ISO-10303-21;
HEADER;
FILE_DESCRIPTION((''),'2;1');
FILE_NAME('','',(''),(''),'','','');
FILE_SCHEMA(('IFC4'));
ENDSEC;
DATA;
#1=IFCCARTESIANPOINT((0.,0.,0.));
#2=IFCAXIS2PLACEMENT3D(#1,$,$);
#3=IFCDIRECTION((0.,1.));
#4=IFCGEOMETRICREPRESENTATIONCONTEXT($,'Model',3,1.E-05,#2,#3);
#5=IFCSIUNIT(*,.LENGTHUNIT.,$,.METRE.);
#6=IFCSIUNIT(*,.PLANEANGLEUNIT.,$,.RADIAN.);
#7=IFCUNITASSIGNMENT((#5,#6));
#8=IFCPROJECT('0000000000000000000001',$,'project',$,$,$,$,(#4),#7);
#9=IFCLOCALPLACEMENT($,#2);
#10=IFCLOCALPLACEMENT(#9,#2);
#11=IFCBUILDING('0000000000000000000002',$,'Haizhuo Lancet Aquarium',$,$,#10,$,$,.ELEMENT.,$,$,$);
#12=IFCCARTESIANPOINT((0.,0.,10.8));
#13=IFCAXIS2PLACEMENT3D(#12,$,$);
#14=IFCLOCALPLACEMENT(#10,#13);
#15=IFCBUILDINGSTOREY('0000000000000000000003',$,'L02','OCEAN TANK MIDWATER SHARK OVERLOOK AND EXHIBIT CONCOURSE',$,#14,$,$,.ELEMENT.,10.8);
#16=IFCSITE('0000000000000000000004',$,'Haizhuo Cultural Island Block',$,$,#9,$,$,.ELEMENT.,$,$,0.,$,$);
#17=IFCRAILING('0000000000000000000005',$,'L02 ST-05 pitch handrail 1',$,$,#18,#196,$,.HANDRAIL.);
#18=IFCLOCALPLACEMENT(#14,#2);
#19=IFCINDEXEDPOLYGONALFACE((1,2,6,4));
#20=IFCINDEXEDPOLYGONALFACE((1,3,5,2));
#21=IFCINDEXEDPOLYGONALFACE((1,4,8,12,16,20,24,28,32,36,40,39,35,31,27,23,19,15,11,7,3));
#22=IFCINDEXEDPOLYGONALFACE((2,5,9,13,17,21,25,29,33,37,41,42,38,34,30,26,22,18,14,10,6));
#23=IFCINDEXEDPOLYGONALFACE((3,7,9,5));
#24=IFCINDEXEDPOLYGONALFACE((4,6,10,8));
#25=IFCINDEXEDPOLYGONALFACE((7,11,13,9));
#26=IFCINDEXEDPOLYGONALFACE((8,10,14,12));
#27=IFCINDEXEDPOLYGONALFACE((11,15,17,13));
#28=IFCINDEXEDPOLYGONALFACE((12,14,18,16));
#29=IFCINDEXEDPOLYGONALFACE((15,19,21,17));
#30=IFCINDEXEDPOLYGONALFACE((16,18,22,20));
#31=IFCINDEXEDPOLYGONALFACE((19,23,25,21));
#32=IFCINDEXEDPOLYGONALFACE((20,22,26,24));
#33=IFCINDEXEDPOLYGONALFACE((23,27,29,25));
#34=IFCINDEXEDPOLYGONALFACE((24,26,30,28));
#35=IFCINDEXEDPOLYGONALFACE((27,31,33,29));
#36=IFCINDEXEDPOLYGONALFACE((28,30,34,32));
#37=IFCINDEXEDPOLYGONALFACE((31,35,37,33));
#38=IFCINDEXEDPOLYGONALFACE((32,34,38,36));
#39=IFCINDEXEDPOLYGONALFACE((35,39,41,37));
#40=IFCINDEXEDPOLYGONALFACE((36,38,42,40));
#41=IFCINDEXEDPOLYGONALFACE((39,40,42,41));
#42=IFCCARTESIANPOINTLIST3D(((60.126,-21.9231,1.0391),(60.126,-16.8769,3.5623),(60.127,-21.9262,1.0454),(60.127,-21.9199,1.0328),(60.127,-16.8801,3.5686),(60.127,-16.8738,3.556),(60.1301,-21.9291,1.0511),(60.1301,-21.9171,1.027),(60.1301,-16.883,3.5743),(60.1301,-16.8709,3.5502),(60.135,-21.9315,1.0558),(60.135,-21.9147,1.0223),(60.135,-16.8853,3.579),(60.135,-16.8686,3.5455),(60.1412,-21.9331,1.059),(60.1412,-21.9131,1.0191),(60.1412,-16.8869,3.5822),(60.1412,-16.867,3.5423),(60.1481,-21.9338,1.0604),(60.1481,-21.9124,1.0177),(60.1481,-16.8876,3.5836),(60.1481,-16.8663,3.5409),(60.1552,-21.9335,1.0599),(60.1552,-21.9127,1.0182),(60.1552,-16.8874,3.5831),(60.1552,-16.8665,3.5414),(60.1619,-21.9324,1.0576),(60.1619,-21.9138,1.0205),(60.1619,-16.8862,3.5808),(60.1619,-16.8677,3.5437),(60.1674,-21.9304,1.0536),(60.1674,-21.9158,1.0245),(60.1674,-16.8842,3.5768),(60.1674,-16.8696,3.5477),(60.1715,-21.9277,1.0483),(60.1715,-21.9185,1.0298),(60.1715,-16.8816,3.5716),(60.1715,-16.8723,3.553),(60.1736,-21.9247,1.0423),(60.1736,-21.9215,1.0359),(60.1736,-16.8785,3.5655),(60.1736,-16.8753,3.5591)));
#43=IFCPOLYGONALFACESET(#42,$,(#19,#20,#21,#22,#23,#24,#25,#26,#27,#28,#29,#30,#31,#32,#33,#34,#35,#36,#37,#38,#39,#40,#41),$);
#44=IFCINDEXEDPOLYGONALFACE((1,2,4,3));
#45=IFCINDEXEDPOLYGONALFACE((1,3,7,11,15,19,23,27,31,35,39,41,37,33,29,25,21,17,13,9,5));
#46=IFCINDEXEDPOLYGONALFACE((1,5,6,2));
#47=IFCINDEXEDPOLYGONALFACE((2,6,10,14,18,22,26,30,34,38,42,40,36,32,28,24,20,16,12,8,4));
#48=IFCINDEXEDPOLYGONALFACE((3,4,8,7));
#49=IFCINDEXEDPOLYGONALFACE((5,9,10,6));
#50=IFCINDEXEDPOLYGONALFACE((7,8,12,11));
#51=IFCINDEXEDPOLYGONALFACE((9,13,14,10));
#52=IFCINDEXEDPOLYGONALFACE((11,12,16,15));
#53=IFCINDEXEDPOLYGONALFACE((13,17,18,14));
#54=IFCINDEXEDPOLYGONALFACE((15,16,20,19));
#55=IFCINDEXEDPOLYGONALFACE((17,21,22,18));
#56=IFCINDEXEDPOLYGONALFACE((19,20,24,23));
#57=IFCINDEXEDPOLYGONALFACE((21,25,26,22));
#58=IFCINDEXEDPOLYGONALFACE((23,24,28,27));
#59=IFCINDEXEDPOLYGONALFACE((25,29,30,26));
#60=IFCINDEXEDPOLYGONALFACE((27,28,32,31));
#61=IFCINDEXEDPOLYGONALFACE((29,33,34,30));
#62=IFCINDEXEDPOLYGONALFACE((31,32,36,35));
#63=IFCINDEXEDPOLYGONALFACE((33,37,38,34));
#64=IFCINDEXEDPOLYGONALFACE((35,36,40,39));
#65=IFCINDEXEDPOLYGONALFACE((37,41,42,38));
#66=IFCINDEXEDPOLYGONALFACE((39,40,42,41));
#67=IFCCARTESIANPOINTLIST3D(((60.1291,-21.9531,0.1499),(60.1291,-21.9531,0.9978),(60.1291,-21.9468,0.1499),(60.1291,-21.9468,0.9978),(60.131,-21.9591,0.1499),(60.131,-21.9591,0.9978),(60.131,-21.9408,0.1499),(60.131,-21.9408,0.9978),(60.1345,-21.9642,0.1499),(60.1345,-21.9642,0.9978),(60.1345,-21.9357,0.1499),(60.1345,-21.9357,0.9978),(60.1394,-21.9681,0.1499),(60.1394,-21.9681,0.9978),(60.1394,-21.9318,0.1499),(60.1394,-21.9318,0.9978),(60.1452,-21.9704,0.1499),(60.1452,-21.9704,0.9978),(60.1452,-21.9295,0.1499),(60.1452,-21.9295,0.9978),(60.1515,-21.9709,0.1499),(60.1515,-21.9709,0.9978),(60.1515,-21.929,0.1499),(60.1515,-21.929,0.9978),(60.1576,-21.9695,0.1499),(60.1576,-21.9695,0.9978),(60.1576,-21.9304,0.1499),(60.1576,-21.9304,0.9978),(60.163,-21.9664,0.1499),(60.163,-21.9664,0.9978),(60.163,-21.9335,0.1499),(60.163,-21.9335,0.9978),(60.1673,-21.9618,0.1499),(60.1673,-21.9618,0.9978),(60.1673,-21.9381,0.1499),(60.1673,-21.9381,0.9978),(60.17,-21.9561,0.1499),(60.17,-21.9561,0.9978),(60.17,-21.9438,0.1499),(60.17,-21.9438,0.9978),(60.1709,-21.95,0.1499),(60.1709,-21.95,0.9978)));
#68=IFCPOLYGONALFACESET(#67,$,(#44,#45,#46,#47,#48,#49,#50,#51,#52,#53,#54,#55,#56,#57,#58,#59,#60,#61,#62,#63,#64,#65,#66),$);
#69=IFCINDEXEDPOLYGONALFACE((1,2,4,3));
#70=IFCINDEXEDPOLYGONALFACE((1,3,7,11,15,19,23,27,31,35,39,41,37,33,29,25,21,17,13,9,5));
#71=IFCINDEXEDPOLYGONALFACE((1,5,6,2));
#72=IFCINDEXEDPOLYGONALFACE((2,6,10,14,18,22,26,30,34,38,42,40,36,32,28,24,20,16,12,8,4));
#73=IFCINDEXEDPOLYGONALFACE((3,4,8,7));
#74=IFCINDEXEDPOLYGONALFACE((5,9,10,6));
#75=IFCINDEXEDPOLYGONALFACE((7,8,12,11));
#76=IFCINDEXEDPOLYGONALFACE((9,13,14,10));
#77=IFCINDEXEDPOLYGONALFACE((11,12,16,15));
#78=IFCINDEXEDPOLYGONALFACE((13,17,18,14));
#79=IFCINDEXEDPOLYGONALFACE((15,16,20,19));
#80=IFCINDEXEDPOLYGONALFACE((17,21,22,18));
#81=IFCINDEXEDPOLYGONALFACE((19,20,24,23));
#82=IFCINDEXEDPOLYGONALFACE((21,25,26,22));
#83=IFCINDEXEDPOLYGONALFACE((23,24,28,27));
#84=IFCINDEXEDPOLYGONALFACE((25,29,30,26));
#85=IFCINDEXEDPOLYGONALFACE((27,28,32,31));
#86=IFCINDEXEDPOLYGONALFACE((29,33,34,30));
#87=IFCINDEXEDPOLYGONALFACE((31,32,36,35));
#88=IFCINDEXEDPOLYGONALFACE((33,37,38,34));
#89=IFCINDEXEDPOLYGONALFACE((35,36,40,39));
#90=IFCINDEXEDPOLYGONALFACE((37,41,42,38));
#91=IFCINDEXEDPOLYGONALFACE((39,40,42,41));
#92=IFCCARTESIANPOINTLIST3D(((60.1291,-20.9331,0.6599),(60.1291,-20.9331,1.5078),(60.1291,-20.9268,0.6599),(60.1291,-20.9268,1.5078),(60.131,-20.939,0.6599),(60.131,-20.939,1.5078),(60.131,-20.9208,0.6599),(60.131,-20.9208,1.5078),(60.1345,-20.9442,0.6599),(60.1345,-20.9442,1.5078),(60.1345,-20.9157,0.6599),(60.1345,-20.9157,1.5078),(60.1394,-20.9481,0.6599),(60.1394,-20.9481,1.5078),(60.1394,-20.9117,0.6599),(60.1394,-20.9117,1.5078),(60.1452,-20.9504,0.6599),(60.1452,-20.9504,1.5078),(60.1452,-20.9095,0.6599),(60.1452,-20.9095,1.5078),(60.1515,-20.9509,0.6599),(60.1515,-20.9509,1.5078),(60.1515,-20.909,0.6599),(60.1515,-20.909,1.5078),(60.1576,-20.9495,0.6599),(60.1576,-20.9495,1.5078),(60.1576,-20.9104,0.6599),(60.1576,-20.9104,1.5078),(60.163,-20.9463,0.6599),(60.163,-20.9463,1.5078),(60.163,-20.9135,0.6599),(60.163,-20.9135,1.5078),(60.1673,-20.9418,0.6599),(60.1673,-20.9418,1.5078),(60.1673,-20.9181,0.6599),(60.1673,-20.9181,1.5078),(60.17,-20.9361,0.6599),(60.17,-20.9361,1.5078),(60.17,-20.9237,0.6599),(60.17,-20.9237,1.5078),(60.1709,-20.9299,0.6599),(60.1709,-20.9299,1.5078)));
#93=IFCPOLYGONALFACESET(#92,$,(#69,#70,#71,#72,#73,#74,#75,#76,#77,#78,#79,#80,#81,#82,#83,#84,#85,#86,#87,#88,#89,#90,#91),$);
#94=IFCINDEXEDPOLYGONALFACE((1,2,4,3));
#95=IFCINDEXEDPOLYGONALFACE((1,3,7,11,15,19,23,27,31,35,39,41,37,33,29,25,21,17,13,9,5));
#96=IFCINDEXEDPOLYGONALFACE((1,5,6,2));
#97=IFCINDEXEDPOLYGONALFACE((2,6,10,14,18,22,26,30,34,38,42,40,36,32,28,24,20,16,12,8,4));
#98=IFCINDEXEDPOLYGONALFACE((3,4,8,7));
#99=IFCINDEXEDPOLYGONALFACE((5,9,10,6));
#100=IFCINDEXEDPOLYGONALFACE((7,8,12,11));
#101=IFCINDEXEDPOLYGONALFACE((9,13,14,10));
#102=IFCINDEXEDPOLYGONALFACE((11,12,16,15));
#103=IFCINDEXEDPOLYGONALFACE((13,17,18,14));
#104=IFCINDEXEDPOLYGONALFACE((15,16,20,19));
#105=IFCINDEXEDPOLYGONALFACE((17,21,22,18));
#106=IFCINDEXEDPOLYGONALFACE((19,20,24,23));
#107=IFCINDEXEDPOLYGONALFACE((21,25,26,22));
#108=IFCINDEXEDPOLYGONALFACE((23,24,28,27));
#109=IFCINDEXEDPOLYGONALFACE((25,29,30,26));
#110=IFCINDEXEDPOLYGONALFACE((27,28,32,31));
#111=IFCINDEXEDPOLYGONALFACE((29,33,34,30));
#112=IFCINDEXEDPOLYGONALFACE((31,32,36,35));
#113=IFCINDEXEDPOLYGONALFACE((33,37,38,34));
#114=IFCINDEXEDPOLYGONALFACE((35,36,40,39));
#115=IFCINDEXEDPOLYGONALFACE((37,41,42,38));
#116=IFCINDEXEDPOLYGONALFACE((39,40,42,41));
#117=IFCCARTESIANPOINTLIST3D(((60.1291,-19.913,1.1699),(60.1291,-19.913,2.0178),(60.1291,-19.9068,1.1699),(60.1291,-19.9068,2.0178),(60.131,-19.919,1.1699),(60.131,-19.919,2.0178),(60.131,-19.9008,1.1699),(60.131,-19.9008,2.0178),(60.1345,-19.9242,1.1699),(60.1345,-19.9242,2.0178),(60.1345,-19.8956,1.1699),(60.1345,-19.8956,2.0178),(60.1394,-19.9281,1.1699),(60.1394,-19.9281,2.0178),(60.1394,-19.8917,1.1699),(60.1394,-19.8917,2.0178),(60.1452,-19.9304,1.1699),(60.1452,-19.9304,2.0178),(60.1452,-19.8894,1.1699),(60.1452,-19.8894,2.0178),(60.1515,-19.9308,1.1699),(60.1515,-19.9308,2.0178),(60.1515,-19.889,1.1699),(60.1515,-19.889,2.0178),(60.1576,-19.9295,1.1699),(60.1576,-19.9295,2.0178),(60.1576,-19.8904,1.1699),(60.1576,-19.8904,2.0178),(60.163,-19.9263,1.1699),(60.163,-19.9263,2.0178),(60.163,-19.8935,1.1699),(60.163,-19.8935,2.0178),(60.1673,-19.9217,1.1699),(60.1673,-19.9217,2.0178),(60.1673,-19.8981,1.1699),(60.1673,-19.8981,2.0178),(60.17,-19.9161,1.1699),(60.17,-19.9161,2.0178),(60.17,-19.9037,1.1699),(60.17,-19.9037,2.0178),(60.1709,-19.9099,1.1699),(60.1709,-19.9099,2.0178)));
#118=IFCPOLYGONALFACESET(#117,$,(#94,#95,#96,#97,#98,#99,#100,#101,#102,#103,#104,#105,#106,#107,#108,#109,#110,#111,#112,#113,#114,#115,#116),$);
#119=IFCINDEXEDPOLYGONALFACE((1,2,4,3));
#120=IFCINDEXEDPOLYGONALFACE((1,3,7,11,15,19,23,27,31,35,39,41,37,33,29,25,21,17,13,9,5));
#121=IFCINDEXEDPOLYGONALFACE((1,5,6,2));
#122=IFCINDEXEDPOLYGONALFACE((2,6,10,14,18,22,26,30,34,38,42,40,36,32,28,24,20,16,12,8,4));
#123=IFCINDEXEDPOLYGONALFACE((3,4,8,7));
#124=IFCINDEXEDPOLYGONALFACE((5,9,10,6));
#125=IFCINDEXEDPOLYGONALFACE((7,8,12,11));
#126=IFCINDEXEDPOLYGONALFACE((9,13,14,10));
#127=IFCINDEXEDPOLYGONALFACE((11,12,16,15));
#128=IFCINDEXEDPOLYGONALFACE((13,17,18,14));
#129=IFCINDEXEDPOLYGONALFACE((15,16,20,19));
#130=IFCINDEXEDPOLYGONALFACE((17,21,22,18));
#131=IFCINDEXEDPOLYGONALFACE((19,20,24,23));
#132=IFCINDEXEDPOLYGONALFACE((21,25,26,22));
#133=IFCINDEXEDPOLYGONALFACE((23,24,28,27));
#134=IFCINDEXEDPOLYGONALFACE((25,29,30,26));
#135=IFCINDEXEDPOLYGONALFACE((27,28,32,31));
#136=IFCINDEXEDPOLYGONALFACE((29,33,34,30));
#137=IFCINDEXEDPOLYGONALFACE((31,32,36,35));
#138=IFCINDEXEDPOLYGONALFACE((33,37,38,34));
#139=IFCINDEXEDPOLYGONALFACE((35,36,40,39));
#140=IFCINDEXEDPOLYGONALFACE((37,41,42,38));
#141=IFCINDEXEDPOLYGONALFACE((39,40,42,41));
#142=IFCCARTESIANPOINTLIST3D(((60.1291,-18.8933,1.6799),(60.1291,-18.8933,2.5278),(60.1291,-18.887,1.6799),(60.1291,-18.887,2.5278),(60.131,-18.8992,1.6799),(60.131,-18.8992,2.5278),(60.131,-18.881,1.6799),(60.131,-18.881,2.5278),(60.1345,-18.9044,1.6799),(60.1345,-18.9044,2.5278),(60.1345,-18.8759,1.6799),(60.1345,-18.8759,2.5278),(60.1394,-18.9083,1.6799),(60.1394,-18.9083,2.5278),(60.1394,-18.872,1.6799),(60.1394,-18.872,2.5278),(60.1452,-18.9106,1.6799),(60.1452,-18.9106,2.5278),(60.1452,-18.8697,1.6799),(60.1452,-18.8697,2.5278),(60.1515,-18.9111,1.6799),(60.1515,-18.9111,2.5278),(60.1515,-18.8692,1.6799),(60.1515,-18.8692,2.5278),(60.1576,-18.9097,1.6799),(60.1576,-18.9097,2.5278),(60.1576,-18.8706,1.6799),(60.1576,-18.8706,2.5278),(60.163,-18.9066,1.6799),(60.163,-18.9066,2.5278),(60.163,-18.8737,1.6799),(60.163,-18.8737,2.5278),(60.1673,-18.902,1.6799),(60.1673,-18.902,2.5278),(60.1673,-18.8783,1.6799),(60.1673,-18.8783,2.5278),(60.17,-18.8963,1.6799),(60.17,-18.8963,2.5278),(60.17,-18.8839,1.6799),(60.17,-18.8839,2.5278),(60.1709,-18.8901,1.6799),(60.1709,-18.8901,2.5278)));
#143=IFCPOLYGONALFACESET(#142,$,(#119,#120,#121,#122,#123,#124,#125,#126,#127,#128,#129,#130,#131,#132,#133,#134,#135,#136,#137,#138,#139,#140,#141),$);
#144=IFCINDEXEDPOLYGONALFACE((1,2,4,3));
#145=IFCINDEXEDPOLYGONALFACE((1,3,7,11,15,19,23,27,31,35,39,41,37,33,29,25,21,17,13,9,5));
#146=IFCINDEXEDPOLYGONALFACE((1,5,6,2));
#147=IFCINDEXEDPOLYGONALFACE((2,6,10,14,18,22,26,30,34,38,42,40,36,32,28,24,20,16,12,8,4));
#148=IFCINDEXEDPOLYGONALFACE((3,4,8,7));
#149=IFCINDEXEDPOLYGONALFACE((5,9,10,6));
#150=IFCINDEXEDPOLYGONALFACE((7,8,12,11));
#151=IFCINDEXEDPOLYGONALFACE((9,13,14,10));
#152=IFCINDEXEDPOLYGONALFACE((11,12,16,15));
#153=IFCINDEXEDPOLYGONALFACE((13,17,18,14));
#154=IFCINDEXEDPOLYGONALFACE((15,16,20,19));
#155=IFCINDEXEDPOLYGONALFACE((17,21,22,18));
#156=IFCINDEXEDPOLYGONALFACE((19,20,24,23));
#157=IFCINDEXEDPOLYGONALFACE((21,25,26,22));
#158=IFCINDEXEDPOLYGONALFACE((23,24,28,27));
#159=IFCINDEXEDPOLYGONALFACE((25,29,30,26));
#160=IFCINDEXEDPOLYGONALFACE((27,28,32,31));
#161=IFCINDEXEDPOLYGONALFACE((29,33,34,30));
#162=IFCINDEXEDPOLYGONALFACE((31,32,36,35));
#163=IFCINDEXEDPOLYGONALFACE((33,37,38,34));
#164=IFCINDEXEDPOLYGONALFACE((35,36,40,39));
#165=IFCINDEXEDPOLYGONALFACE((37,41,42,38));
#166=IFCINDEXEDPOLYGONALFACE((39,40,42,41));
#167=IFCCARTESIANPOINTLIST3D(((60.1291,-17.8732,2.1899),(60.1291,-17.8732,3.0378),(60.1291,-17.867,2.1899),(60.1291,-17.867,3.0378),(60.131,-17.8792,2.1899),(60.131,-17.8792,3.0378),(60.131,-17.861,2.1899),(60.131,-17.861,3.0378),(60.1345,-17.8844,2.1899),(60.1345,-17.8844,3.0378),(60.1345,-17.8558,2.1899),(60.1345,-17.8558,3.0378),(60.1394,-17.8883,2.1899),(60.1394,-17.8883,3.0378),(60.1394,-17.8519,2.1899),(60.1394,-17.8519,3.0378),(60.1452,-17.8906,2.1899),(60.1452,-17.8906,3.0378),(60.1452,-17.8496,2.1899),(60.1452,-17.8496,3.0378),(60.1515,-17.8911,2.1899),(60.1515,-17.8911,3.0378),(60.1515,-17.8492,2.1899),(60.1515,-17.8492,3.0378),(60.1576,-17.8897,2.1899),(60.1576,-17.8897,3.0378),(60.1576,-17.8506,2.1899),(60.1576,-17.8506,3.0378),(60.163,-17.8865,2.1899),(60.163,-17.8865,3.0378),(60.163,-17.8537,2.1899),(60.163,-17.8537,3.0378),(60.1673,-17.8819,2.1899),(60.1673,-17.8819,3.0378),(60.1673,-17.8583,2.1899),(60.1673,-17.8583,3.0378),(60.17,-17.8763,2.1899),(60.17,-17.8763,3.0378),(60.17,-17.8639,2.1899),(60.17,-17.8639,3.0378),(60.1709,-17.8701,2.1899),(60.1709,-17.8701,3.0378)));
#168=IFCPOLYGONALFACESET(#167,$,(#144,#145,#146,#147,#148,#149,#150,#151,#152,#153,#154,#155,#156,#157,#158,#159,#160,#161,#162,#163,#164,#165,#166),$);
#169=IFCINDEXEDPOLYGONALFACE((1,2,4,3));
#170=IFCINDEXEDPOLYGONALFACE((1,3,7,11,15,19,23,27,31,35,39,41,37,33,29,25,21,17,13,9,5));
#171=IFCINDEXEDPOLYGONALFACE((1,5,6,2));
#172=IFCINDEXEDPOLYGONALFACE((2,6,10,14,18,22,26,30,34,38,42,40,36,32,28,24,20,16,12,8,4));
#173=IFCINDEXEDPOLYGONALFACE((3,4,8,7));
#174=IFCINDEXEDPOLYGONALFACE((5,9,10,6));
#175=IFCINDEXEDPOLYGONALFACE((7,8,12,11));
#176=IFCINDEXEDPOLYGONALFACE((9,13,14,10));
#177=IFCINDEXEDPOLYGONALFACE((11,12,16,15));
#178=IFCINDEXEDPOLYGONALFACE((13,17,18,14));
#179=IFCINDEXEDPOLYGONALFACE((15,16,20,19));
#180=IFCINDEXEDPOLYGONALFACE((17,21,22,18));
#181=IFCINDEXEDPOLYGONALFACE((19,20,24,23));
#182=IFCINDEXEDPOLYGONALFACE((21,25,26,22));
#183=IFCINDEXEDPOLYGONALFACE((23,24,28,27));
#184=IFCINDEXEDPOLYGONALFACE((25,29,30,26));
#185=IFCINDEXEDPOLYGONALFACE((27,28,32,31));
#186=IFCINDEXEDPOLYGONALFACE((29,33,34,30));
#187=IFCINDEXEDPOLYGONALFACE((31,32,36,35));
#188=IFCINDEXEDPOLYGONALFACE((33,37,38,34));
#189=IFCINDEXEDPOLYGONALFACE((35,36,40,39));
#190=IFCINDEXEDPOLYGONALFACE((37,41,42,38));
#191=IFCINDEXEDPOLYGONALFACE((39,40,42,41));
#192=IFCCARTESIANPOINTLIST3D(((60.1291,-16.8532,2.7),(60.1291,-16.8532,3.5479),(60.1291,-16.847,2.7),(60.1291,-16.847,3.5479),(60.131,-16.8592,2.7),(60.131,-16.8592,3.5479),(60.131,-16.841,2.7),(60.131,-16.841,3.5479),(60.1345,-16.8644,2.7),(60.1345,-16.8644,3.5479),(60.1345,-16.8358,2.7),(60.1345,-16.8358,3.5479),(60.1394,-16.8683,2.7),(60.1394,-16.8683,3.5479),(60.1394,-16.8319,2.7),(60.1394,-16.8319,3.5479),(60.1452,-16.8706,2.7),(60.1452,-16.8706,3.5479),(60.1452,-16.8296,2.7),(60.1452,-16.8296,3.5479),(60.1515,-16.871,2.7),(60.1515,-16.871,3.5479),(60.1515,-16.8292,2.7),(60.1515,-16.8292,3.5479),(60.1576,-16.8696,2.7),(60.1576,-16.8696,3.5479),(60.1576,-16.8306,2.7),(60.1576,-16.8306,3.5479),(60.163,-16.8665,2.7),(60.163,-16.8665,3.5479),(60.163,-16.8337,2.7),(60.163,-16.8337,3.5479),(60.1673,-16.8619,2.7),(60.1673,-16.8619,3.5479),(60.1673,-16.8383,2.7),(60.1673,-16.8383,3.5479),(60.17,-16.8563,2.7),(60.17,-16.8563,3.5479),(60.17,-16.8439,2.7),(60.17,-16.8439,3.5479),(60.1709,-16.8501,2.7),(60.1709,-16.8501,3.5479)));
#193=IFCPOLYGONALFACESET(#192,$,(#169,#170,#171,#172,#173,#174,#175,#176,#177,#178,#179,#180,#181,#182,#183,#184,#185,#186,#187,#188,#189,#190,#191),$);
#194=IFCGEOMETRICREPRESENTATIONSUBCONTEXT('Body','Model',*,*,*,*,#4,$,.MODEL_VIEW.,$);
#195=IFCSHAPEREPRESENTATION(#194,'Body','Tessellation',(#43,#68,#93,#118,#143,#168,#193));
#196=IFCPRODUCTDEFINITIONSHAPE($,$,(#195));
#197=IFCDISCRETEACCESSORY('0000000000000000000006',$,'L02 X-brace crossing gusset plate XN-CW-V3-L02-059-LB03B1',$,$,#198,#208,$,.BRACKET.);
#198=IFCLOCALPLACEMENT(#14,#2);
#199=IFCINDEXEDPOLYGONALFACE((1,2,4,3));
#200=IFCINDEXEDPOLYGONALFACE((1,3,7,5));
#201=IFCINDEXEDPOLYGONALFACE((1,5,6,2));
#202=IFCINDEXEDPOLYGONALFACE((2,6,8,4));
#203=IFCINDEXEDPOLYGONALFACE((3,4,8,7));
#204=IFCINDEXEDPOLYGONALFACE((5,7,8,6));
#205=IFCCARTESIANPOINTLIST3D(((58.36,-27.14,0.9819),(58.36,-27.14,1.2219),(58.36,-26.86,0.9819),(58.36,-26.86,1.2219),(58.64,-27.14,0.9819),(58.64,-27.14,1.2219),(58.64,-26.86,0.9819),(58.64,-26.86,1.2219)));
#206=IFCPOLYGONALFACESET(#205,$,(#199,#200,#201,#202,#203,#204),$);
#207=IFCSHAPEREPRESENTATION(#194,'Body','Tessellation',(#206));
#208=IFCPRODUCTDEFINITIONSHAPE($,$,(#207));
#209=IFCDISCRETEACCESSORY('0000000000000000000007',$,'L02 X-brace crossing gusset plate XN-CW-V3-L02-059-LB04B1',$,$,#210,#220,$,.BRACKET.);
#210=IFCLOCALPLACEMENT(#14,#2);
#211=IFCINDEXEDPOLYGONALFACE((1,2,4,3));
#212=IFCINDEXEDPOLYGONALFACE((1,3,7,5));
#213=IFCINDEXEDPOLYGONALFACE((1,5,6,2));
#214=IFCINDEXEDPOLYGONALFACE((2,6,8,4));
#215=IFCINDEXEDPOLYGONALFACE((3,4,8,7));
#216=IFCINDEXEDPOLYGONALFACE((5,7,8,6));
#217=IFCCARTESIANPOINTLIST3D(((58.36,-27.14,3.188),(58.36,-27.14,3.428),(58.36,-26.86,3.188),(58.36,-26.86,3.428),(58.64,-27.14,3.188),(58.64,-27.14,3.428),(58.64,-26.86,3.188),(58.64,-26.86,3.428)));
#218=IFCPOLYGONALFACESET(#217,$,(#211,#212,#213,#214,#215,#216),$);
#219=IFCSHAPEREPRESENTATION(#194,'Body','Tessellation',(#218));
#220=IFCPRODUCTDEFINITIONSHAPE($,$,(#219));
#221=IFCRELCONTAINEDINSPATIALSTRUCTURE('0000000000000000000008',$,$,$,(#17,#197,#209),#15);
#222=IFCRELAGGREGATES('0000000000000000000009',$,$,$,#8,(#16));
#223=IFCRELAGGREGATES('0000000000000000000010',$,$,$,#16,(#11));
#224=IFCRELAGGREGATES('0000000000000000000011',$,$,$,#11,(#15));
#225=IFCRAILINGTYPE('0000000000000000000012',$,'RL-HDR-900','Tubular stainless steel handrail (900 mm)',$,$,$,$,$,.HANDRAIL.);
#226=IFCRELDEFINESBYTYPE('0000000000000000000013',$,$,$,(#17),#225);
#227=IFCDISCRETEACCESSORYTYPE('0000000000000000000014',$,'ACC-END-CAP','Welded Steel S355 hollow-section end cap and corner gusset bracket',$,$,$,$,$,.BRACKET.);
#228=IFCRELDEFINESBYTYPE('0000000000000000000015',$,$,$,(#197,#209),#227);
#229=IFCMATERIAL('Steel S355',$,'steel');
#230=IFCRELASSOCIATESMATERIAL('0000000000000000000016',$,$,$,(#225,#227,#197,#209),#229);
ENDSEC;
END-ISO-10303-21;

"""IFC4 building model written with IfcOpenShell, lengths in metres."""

from ifc_helpers import new_model, si_unit, direction, frame, origin, origin_2d, place, context, subcontext, project, spatial, rectangle, circle, extrude, material, type_object, element, save


model = new_model("IFC4")

# Units and contexts
model_context = context("Model", 3, precision=1e-05, world=origin(), true_north=direction((0.0, 1.0)))
body_context = subcontext(model_context, "Body", "Model", "MODEL_VIEW")
ifc_project = project(units=[si_unit("LENGTHUNIT", "METRE"), si_unit("PLANEANGLEUNIT", "RADIAN")], contexts=[model_context])

# Site, building, storey
site_placement = place(None, origin())
site = spatial("IfcSite", under=ifc_project, at=site_placement, Name="Haizhuo Cultural Island Block", CompositionType="ELEMENT", RefElevation=0.0)
building_placement = place(site_placement, origin())
building = spatial("IfcBuilding", under=site, at=building_placement, Name="Haizhuo Lancet Aquarium", CompositionType="ELEMENT")
storey_placement = place(building_placement, frame((0.0, 0.0, 10.8)))
storey = spatial("IfcBuildingStorey", under=building, at=storey_placement, Name="L02", Description="OCEAN TANK MIDWATER SHARK OVERLOOK AND EXHIBIT CONCOURSE", CompositionType="ELEMENT", Elevation=10.8)

# Shared definitions
ifc_material_1 = material(Name="Steel S355", Category="steel")

# Railing
railing_type_1 = type_object("IfcRailingType", Name="RL-HDR-900", Description="Tubular stainless steel handrail (900 mm)", PredefinedType="HANDRAIL", material=ifc_material_1)
railing_1_placement = place(storey_placement, frame((60.1499, -21.95, 0.1499)))
element("IfcRailing", 1, at=railing_1_placement, inside=storey, type_object=railing_type_1, Name="L02 ST-05 pitch handrail 1", PredefinedType="HANDRAIL", context=body_context, shape_type="SweptSolid", body=[
    extrude(circle(Radius=0.0239, at=origin_2d()), frame((0.0, 0.0269, 0.8892), z_axis=(0.0, 0.894419, 0.447231), x_axis=(-1.0, 0.0, 0.0)), (0.0, 0.0, 1.0), 5.6418),
    extrude(circle(Radius=0.021, at=origin_2d()), origin(), (0.0, 0.0, 1.0), 0.8479),
    extrude(circle(Radius=0.021, at=origin_2d()), frame((0.0, 1.02, 0.51)), (0.0, 0.0, 1.0), 0.8479),
    extrude(circle(Radius=0.021, at=origin_2d()), frame((0.0, 2.04, 1.02)), (0.0, 0.0, 1.0), 0.8479),
    extrude(circle(Radius=0.021, at=origin_2d()), frame((0.0, 3.0598, 1.53)), (0.0, 0.0, 1.0), 0.8479),
    extrude(circle(Radius=0.021, at=origin_2d()), frame((0.0, 4.0798, 2.04)), (0.0, 0.0, 1.0), 0.8479),
    extrude(circle(Radius=0.021, at=origin_2d()), frame((0.0, 5.0999, 2.55)), (0.0, 0.0, 1.0), 0.8479),
])

# Discrete accessories
discrete_accessory_type = type_object("IfcDiscreteAccessoryType", Name="ACC-END-CAP", Description="Welded Steel S355 hollow-section end cap and corner gusset bracket", PredefinedType="BRACKET", material=ifc_material_1)
for number, where, z_axis, x_axis, name in (
    (2, (58.5, -27.0, 0.9819), (0.0, 0.0, 1.0), (1.0, 0.0, 0.0), "L02 X-brace crossing gusset plate XN-CW-V3-L02-059-LB03B1"),
    (3, (58.5, -27.0, 3.188), (0.0, 0.0, 1.0), (1.0, 0.0, 0.0), "L02 X-brace crossing gusset plate XN-CW-V3-L02-059-LB04B1"),
):
    element("IfcDiscreteAccessory", number, at=place(storey_placement, frame(where, z_axis=z_axis, x_axis=x_axis)), inside=storey, type_object=discrete_accessory_type, material=ifc_material_1, Name=name, PredefinedType="BRACKET", context=body_context, shape_type="SweptSolid", body=[
        extrude(rectangle(XDim=0.28, YDim=0.28, at=origin_2d()), origin(), (0.0, 0.0, 1.0), 0.24),
    ])

save(model, "model.ifc")
